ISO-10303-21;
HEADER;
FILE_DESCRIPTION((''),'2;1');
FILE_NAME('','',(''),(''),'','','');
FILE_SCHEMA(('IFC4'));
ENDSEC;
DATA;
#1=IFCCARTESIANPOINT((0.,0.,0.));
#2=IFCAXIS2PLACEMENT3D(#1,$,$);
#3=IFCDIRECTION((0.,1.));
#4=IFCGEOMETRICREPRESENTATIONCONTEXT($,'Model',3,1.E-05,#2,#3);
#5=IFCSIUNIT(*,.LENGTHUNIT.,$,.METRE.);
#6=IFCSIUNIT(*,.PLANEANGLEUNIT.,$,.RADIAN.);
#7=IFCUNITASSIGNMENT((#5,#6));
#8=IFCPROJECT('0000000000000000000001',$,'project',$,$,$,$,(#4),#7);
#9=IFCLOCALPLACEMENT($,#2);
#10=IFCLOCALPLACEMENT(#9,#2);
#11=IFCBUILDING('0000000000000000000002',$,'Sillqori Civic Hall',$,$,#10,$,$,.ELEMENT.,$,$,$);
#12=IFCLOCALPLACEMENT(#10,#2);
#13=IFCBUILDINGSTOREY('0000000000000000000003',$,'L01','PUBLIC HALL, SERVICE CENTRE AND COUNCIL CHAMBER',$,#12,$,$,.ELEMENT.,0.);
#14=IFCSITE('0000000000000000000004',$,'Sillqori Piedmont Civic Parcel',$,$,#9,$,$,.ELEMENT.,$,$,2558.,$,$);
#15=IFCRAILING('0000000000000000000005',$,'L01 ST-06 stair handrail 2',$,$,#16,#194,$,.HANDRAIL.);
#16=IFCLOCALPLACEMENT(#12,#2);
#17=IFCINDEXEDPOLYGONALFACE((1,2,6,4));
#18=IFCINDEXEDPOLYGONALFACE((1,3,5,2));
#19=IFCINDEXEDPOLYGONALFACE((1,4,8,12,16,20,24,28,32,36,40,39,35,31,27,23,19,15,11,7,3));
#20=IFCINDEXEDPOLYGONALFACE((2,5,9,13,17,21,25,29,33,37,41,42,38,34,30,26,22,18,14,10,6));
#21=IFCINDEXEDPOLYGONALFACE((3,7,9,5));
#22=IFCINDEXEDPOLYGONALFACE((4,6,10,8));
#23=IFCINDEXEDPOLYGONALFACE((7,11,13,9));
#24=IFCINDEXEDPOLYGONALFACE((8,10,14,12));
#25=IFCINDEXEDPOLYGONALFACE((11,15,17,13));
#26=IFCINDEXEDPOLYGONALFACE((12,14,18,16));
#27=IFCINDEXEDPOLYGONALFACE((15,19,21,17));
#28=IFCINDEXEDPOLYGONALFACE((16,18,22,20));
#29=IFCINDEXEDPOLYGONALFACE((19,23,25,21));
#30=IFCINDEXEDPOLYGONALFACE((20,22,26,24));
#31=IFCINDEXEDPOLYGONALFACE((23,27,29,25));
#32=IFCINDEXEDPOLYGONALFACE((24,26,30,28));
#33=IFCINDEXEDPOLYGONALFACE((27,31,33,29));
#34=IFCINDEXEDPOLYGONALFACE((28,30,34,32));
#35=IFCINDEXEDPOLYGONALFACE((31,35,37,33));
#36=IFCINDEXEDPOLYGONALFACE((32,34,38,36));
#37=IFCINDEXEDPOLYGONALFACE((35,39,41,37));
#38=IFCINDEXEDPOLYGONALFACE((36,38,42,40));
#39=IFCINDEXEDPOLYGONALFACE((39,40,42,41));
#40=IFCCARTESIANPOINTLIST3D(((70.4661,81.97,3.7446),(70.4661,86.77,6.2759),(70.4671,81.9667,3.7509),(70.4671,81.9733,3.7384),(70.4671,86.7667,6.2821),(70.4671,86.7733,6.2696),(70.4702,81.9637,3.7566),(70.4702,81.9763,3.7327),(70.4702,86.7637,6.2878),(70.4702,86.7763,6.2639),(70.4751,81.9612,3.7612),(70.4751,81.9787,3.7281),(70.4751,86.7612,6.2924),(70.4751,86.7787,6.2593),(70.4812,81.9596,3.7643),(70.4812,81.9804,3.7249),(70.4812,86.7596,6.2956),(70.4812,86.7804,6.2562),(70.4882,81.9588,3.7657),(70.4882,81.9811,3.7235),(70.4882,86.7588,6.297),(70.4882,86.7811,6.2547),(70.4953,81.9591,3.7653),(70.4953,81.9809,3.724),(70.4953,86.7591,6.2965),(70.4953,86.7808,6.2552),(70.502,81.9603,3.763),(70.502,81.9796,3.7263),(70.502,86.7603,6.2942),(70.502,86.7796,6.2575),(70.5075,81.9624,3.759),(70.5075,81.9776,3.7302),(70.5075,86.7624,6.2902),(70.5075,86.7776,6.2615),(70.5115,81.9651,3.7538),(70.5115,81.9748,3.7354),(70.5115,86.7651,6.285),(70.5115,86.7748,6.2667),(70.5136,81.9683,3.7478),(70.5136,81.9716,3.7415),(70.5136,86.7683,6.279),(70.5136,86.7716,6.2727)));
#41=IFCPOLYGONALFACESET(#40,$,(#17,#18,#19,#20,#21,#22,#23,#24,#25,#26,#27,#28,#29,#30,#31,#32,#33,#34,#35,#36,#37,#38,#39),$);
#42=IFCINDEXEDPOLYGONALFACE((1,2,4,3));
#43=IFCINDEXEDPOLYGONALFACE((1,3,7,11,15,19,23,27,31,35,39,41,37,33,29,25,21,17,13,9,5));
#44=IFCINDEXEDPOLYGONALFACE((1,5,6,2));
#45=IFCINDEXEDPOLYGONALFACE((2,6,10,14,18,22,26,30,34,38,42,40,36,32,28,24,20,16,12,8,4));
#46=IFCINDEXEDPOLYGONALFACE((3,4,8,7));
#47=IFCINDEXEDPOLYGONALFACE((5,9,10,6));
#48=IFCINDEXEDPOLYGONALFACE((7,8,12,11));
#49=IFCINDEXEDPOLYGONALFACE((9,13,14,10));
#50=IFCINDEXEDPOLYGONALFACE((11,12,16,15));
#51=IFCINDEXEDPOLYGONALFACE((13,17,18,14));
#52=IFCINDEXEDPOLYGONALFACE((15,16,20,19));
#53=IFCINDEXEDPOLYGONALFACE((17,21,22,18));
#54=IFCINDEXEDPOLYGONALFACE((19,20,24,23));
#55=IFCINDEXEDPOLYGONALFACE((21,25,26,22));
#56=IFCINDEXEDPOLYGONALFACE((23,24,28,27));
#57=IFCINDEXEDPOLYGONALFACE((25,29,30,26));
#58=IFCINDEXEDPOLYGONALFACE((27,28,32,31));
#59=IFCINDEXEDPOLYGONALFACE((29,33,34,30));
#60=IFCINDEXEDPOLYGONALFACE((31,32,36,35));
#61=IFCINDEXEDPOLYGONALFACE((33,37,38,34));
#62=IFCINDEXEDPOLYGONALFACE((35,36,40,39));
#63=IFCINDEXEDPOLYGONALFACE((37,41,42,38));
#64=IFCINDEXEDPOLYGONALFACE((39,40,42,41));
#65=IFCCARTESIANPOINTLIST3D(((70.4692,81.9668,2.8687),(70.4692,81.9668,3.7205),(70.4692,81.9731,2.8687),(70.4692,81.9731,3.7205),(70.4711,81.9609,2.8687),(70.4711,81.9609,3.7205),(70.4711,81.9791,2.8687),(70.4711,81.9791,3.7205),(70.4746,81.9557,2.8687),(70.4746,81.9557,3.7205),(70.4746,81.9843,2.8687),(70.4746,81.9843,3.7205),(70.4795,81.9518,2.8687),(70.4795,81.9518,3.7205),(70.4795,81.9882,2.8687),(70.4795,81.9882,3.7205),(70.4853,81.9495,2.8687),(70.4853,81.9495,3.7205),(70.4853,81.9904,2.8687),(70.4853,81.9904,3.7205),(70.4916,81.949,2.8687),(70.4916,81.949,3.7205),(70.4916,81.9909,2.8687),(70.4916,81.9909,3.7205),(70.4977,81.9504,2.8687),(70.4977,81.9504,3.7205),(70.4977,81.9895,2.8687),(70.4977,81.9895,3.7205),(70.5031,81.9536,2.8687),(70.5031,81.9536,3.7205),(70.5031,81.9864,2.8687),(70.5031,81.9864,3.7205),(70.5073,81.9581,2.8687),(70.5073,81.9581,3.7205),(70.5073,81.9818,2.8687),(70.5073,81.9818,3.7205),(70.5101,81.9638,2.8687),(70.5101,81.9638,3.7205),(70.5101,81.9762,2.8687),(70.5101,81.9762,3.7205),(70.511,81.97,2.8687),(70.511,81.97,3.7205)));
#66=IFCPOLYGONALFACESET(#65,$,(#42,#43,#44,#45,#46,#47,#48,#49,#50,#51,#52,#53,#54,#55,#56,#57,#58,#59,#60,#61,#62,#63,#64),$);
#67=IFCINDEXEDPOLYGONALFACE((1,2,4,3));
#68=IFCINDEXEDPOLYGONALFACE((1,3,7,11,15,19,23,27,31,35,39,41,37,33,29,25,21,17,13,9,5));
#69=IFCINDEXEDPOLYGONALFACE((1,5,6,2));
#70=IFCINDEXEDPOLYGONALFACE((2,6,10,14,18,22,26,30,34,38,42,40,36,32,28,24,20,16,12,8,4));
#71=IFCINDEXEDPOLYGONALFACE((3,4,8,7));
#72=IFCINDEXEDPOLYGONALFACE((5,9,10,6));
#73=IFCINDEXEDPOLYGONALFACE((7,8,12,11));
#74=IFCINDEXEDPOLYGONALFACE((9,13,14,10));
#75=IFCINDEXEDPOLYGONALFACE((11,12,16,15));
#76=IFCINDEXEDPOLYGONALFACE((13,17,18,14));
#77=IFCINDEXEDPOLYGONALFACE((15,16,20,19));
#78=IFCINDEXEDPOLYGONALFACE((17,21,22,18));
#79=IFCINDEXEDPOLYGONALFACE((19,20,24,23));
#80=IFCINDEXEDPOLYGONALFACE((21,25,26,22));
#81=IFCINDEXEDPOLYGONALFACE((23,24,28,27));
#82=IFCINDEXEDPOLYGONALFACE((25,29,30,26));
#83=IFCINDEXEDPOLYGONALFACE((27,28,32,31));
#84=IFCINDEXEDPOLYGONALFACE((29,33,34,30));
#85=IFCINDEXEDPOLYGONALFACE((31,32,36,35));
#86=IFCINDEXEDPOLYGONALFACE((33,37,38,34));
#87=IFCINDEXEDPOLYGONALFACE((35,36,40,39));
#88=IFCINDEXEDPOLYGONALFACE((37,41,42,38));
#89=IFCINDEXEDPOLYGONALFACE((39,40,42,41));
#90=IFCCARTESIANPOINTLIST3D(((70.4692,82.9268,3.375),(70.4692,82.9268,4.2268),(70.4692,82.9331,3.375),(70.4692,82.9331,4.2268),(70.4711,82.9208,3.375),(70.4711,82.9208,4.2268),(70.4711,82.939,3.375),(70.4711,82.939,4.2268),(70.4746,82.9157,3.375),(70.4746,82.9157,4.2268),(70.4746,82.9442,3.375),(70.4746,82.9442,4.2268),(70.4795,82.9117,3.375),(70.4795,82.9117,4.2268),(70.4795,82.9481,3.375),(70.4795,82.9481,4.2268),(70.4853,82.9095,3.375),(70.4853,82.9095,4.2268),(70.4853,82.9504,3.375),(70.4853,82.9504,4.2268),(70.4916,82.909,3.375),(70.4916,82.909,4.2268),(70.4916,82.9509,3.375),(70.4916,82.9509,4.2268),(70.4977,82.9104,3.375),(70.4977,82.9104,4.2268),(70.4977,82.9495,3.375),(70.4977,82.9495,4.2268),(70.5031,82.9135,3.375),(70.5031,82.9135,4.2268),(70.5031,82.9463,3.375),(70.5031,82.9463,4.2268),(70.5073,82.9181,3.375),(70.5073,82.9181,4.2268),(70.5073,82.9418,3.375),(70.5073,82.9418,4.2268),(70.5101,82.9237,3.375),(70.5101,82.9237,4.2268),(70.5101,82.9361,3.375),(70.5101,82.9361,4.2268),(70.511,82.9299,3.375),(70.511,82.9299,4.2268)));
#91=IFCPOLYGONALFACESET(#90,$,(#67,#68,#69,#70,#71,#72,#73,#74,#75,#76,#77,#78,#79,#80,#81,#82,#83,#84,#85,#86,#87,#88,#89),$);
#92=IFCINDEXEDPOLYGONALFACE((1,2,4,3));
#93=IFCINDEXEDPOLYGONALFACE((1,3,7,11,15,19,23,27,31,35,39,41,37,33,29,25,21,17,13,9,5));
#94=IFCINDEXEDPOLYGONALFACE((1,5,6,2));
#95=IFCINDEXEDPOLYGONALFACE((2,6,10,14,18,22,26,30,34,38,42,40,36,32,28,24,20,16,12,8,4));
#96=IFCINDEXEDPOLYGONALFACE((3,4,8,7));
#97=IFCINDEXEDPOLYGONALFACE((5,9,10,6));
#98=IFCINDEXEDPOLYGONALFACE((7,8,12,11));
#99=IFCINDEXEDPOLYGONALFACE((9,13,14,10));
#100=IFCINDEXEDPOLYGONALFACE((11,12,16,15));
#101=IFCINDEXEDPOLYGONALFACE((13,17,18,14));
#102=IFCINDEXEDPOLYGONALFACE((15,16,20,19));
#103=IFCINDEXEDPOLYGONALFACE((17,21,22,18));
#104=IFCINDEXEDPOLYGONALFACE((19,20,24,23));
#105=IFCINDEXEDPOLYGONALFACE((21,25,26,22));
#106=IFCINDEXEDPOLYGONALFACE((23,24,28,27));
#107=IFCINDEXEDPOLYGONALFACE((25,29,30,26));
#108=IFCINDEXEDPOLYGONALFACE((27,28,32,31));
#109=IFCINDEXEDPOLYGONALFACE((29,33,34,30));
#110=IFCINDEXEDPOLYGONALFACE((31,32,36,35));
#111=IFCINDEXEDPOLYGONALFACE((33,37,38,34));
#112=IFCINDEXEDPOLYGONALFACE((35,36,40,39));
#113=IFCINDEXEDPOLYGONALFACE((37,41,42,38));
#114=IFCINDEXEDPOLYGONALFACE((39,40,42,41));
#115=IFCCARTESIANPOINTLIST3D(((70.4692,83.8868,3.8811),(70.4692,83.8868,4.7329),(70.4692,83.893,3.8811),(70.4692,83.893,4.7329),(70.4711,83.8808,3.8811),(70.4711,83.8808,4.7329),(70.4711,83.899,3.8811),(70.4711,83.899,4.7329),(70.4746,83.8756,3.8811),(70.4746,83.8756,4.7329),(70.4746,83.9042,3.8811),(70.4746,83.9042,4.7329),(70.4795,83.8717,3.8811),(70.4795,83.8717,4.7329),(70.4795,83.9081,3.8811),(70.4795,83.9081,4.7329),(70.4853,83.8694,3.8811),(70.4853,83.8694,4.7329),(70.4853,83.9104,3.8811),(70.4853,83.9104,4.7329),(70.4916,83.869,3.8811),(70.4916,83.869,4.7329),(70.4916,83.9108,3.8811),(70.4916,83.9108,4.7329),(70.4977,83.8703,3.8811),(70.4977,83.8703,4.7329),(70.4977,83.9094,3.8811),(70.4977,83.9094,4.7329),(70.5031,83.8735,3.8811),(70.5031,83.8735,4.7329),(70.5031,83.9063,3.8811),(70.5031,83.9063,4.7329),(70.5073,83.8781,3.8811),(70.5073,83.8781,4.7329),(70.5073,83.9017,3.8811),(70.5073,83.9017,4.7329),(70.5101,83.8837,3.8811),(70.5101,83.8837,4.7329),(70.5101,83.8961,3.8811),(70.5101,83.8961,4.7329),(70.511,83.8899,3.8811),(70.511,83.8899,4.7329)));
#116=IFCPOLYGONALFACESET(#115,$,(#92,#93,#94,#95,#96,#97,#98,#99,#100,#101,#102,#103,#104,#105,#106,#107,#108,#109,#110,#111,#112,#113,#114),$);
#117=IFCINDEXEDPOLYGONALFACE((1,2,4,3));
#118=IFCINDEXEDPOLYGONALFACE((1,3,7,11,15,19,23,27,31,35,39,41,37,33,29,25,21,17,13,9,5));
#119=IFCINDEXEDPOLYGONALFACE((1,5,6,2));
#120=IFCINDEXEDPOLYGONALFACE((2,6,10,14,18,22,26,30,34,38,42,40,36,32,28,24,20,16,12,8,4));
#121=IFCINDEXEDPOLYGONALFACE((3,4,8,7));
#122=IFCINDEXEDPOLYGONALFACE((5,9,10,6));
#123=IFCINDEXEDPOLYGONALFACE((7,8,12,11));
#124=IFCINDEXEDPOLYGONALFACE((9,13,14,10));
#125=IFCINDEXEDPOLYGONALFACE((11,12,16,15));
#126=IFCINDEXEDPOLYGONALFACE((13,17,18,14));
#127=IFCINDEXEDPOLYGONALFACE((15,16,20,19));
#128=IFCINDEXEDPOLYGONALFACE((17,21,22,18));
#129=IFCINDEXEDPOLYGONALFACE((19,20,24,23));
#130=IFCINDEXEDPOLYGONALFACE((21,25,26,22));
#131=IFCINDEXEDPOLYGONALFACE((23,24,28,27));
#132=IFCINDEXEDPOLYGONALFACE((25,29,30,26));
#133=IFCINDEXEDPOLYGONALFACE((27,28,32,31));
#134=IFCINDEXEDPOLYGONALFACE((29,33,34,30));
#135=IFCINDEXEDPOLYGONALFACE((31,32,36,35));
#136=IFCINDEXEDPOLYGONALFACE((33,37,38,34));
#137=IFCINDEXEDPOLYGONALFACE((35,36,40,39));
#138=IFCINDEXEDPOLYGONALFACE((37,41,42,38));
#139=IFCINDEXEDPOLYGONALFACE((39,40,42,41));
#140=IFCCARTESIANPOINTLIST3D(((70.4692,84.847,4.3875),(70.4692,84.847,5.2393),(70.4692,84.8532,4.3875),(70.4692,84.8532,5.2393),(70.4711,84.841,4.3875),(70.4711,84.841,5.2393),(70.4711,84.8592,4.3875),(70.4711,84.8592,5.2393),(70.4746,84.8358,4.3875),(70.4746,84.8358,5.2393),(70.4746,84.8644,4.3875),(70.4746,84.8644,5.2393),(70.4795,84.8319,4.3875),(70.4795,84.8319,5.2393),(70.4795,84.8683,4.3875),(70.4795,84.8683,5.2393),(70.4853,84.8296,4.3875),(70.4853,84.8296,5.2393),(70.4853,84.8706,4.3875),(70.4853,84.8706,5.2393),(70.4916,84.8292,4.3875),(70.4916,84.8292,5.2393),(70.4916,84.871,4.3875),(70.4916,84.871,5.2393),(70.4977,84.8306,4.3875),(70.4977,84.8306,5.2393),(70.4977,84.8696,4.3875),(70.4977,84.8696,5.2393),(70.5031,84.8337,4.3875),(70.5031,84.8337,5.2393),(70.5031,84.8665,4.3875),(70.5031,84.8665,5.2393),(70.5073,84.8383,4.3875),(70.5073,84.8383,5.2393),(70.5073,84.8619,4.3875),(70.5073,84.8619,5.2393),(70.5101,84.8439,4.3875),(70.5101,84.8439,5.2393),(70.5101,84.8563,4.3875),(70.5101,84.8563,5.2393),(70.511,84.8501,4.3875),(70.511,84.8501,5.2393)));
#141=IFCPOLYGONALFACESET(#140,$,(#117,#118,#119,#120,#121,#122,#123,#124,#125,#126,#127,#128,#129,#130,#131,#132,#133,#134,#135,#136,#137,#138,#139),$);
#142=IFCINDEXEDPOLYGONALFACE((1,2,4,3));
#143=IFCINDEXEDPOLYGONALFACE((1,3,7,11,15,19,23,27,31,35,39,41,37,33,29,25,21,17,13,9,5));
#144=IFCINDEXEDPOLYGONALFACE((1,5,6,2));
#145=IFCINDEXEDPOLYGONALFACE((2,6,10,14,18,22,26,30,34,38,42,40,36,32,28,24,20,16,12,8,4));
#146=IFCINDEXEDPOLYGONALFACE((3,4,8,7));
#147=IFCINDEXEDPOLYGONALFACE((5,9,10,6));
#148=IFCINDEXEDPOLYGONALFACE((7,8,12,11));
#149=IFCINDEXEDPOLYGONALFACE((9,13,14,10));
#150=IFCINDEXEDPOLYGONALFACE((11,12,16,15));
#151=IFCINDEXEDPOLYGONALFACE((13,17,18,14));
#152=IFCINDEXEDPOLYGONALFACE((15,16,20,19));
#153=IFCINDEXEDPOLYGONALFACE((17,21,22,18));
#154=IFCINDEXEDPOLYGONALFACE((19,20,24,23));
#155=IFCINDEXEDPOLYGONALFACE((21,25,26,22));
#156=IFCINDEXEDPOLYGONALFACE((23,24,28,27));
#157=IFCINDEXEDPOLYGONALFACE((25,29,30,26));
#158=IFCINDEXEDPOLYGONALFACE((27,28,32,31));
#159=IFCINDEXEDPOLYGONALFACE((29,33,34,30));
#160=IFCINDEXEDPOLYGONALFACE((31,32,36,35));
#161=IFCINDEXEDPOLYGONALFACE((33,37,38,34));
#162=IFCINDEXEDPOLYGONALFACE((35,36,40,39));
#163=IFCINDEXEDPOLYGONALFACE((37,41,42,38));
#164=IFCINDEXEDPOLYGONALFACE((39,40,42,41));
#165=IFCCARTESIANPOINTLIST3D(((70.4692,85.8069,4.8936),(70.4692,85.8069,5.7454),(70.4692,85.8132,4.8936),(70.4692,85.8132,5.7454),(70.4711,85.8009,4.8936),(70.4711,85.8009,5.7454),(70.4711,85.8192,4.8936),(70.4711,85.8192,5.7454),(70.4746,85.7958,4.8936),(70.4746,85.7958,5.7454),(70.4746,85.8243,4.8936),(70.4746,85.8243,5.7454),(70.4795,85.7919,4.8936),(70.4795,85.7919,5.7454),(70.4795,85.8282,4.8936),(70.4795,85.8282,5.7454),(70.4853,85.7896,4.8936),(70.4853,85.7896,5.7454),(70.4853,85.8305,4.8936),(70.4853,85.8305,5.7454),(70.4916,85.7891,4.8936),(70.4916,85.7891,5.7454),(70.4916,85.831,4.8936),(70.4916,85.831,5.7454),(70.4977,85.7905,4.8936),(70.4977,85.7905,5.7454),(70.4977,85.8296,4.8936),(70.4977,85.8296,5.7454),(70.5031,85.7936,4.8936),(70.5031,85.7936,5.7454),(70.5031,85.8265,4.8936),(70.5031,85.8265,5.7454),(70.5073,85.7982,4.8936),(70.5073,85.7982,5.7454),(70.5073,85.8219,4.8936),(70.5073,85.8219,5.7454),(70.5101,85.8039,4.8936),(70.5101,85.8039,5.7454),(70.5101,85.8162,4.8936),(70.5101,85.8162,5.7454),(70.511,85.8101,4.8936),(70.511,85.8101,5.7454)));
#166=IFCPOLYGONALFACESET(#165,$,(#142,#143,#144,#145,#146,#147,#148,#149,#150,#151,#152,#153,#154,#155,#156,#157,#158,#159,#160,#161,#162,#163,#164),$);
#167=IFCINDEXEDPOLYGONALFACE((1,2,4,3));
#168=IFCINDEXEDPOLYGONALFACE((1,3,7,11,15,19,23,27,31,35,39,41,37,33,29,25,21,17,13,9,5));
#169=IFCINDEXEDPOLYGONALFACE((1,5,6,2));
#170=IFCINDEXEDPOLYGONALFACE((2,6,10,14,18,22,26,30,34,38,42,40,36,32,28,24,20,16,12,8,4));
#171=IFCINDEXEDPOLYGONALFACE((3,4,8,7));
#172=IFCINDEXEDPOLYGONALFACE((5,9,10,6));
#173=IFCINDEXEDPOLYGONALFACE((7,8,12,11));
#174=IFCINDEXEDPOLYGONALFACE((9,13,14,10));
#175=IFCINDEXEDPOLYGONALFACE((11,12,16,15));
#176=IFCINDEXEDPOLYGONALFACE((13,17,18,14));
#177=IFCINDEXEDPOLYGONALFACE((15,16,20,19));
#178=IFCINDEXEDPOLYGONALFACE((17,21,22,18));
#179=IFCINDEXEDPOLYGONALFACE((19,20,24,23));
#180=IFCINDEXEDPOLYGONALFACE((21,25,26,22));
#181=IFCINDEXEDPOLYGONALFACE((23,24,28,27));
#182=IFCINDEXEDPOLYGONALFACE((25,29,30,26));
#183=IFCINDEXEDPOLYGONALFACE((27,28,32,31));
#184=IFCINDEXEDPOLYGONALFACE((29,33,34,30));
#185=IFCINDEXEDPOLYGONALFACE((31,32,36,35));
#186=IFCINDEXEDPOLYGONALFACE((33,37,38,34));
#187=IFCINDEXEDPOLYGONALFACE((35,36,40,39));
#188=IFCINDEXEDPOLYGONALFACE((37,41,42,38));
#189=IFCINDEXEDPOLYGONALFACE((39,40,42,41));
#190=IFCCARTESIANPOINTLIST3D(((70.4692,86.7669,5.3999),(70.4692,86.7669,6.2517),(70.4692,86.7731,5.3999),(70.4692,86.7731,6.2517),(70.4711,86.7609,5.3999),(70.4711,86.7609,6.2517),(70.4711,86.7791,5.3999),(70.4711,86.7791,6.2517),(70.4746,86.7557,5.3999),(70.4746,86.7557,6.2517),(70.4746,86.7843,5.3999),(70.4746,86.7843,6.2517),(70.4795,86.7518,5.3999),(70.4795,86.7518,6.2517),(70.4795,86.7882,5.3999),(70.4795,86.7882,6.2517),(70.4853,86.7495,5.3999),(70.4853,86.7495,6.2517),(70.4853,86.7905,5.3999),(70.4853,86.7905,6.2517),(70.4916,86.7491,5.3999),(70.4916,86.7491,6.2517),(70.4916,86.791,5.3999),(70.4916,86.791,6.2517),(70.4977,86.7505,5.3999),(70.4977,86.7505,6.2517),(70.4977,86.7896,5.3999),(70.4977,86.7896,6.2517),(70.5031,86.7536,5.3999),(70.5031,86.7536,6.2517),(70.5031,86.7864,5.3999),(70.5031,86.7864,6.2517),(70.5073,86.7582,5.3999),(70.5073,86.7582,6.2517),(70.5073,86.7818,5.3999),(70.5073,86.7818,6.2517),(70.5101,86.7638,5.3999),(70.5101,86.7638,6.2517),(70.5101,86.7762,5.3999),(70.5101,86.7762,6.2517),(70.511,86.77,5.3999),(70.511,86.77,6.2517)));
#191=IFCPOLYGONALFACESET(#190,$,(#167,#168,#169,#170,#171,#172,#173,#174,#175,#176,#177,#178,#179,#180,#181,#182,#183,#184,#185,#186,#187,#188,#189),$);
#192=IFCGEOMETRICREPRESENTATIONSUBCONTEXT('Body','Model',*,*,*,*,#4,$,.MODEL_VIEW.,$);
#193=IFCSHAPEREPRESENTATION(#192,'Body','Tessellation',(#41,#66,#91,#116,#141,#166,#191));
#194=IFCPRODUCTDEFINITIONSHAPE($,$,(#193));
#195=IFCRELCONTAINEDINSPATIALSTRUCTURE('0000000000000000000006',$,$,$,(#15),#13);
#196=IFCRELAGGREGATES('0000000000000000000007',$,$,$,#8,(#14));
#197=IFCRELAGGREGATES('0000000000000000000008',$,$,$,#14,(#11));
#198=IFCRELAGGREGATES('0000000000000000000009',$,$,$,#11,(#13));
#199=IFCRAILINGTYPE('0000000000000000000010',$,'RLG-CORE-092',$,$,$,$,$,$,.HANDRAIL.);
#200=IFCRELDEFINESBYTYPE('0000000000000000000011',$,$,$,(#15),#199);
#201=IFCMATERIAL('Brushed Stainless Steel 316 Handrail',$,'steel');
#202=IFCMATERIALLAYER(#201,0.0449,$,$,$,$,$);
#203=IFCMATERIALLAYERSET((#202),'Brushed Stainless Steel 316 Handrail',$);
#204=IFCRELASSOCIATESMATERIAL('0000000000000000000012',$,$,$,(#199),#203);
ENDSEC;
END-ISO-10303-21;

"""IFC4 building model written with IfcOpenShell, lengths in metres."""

from ifc_helpers import new_model, si_unit, direction, frame, origin, origin_2d, place, context, subcontext, project, spatial, circle, extrude, material, layer, layer_set, type_object, element, save


model = new_model("IFC4")

# Units and contexts
model_context = context("Model", 3, precision=1e-05, world=origin(), true_north=direction((0.0, 1.0)))
body_context = subcontext(model_context, "Body", "Model", "MODEL_VIEW")
ifc_project = project(units=[si_unit("LENGTHUNIT", "METRE"), si_unit("PLANEANGLEUNIT", "RADIAN")], contexts=[model_context])

# Site, building, storey
site_placement = place(None, origin())
site = spatial("IfcSite", under=ifc_project, at=site_placement, Name="Sillqori Piedmont Civic Parcel", CompositionType="ELEMENT", RefElevation=2558.0)
building_placement = place(site_placement, origin())
building = spatial("IfcBuilding", under=site, at=building_placement, Name="Sillqori Civic Hall", CompositionType="ELEMENT")
storey_placement = place(building_placement, origin())
storey = spatial("IfcBuildingStorey", under=building, at=storey_placement, Name="L01", Description="PUBLIC HALL, SERVICE CENTRE AND COUNCIL CHAMBER", CompositionType="ELEMENT", Elevation=0.0)

# Railing
ifc_material_1 = material(Name="Brushed Stainless Steel 316 Handrail", Category="steel")
ifc_layer_1 = layer(ifc_material_1, 0.0449)
ifc_layer_set_1 = layer_set([ifc_layer_1], Name="Brushed Stainless Steel 316 Handrail")
railing_type_1 = type_object("IfcRailingType", Name="RLG-CORE-092", PredefinedType="HANDRAIL", material=ifc_layer_set_1)
for number, where, name in (
    (1, (70.49, 81.97, 2.8687), "L01 ST-06 stair handrail 2"),
):
    element("IfcRailing", number, at=place(storey_placement, frame(where)), inside=storey, type_object=railing_type_1, Name=name, PredefinedType="HANDRAIL", context=body_context, shape_type="SweptSolid", body=[
        extrude(circle(Radius=0.0239, at=origin_2d()), frame((0.0, 0.0, 0.876), z_axis=(0.0, 0.884545, 0.466455), x_axis=(-1.0, 0.0, 0.0)), (0.0, 0.0, 1.0), 5.4265),
        extrude(circle(Radius=0.021, at=origin_2d()), origin(), (0.0, 0.0, 1.0), 0.8518),
        extrude(circle(Radius=0.021, at=origin_2d()), frame((0.0, 0.96, 0.5063)), (0.0, 0.0, 1.0), 0.8518),
        extrude(circle(Radius=0.021, at=origin_2d()), frame((0.0, 1.9199, 1.0125)), (0.0, 0.0, 1.0), 0.8518),
        extrude(circle(Radius=0.021, at=origin_2d()), frame((0.0, 2.8801, 1.5188)), (0.0, 0.0, 1.0), 0.8518),
        extrude(circle(Radius=0.021, at=origin_2d()), frame((0.0, 3.8401, 2.0249)), (0.0, 0.0, 1.0), 0.8518),
        extrude(circle(Radius=0.021, at=origin_2d()), frame((0.0, 4.8, 2.5312)), (0.0, 0.0, 1.0), 0.8518),
    ])

save(model, "model.ifc")
